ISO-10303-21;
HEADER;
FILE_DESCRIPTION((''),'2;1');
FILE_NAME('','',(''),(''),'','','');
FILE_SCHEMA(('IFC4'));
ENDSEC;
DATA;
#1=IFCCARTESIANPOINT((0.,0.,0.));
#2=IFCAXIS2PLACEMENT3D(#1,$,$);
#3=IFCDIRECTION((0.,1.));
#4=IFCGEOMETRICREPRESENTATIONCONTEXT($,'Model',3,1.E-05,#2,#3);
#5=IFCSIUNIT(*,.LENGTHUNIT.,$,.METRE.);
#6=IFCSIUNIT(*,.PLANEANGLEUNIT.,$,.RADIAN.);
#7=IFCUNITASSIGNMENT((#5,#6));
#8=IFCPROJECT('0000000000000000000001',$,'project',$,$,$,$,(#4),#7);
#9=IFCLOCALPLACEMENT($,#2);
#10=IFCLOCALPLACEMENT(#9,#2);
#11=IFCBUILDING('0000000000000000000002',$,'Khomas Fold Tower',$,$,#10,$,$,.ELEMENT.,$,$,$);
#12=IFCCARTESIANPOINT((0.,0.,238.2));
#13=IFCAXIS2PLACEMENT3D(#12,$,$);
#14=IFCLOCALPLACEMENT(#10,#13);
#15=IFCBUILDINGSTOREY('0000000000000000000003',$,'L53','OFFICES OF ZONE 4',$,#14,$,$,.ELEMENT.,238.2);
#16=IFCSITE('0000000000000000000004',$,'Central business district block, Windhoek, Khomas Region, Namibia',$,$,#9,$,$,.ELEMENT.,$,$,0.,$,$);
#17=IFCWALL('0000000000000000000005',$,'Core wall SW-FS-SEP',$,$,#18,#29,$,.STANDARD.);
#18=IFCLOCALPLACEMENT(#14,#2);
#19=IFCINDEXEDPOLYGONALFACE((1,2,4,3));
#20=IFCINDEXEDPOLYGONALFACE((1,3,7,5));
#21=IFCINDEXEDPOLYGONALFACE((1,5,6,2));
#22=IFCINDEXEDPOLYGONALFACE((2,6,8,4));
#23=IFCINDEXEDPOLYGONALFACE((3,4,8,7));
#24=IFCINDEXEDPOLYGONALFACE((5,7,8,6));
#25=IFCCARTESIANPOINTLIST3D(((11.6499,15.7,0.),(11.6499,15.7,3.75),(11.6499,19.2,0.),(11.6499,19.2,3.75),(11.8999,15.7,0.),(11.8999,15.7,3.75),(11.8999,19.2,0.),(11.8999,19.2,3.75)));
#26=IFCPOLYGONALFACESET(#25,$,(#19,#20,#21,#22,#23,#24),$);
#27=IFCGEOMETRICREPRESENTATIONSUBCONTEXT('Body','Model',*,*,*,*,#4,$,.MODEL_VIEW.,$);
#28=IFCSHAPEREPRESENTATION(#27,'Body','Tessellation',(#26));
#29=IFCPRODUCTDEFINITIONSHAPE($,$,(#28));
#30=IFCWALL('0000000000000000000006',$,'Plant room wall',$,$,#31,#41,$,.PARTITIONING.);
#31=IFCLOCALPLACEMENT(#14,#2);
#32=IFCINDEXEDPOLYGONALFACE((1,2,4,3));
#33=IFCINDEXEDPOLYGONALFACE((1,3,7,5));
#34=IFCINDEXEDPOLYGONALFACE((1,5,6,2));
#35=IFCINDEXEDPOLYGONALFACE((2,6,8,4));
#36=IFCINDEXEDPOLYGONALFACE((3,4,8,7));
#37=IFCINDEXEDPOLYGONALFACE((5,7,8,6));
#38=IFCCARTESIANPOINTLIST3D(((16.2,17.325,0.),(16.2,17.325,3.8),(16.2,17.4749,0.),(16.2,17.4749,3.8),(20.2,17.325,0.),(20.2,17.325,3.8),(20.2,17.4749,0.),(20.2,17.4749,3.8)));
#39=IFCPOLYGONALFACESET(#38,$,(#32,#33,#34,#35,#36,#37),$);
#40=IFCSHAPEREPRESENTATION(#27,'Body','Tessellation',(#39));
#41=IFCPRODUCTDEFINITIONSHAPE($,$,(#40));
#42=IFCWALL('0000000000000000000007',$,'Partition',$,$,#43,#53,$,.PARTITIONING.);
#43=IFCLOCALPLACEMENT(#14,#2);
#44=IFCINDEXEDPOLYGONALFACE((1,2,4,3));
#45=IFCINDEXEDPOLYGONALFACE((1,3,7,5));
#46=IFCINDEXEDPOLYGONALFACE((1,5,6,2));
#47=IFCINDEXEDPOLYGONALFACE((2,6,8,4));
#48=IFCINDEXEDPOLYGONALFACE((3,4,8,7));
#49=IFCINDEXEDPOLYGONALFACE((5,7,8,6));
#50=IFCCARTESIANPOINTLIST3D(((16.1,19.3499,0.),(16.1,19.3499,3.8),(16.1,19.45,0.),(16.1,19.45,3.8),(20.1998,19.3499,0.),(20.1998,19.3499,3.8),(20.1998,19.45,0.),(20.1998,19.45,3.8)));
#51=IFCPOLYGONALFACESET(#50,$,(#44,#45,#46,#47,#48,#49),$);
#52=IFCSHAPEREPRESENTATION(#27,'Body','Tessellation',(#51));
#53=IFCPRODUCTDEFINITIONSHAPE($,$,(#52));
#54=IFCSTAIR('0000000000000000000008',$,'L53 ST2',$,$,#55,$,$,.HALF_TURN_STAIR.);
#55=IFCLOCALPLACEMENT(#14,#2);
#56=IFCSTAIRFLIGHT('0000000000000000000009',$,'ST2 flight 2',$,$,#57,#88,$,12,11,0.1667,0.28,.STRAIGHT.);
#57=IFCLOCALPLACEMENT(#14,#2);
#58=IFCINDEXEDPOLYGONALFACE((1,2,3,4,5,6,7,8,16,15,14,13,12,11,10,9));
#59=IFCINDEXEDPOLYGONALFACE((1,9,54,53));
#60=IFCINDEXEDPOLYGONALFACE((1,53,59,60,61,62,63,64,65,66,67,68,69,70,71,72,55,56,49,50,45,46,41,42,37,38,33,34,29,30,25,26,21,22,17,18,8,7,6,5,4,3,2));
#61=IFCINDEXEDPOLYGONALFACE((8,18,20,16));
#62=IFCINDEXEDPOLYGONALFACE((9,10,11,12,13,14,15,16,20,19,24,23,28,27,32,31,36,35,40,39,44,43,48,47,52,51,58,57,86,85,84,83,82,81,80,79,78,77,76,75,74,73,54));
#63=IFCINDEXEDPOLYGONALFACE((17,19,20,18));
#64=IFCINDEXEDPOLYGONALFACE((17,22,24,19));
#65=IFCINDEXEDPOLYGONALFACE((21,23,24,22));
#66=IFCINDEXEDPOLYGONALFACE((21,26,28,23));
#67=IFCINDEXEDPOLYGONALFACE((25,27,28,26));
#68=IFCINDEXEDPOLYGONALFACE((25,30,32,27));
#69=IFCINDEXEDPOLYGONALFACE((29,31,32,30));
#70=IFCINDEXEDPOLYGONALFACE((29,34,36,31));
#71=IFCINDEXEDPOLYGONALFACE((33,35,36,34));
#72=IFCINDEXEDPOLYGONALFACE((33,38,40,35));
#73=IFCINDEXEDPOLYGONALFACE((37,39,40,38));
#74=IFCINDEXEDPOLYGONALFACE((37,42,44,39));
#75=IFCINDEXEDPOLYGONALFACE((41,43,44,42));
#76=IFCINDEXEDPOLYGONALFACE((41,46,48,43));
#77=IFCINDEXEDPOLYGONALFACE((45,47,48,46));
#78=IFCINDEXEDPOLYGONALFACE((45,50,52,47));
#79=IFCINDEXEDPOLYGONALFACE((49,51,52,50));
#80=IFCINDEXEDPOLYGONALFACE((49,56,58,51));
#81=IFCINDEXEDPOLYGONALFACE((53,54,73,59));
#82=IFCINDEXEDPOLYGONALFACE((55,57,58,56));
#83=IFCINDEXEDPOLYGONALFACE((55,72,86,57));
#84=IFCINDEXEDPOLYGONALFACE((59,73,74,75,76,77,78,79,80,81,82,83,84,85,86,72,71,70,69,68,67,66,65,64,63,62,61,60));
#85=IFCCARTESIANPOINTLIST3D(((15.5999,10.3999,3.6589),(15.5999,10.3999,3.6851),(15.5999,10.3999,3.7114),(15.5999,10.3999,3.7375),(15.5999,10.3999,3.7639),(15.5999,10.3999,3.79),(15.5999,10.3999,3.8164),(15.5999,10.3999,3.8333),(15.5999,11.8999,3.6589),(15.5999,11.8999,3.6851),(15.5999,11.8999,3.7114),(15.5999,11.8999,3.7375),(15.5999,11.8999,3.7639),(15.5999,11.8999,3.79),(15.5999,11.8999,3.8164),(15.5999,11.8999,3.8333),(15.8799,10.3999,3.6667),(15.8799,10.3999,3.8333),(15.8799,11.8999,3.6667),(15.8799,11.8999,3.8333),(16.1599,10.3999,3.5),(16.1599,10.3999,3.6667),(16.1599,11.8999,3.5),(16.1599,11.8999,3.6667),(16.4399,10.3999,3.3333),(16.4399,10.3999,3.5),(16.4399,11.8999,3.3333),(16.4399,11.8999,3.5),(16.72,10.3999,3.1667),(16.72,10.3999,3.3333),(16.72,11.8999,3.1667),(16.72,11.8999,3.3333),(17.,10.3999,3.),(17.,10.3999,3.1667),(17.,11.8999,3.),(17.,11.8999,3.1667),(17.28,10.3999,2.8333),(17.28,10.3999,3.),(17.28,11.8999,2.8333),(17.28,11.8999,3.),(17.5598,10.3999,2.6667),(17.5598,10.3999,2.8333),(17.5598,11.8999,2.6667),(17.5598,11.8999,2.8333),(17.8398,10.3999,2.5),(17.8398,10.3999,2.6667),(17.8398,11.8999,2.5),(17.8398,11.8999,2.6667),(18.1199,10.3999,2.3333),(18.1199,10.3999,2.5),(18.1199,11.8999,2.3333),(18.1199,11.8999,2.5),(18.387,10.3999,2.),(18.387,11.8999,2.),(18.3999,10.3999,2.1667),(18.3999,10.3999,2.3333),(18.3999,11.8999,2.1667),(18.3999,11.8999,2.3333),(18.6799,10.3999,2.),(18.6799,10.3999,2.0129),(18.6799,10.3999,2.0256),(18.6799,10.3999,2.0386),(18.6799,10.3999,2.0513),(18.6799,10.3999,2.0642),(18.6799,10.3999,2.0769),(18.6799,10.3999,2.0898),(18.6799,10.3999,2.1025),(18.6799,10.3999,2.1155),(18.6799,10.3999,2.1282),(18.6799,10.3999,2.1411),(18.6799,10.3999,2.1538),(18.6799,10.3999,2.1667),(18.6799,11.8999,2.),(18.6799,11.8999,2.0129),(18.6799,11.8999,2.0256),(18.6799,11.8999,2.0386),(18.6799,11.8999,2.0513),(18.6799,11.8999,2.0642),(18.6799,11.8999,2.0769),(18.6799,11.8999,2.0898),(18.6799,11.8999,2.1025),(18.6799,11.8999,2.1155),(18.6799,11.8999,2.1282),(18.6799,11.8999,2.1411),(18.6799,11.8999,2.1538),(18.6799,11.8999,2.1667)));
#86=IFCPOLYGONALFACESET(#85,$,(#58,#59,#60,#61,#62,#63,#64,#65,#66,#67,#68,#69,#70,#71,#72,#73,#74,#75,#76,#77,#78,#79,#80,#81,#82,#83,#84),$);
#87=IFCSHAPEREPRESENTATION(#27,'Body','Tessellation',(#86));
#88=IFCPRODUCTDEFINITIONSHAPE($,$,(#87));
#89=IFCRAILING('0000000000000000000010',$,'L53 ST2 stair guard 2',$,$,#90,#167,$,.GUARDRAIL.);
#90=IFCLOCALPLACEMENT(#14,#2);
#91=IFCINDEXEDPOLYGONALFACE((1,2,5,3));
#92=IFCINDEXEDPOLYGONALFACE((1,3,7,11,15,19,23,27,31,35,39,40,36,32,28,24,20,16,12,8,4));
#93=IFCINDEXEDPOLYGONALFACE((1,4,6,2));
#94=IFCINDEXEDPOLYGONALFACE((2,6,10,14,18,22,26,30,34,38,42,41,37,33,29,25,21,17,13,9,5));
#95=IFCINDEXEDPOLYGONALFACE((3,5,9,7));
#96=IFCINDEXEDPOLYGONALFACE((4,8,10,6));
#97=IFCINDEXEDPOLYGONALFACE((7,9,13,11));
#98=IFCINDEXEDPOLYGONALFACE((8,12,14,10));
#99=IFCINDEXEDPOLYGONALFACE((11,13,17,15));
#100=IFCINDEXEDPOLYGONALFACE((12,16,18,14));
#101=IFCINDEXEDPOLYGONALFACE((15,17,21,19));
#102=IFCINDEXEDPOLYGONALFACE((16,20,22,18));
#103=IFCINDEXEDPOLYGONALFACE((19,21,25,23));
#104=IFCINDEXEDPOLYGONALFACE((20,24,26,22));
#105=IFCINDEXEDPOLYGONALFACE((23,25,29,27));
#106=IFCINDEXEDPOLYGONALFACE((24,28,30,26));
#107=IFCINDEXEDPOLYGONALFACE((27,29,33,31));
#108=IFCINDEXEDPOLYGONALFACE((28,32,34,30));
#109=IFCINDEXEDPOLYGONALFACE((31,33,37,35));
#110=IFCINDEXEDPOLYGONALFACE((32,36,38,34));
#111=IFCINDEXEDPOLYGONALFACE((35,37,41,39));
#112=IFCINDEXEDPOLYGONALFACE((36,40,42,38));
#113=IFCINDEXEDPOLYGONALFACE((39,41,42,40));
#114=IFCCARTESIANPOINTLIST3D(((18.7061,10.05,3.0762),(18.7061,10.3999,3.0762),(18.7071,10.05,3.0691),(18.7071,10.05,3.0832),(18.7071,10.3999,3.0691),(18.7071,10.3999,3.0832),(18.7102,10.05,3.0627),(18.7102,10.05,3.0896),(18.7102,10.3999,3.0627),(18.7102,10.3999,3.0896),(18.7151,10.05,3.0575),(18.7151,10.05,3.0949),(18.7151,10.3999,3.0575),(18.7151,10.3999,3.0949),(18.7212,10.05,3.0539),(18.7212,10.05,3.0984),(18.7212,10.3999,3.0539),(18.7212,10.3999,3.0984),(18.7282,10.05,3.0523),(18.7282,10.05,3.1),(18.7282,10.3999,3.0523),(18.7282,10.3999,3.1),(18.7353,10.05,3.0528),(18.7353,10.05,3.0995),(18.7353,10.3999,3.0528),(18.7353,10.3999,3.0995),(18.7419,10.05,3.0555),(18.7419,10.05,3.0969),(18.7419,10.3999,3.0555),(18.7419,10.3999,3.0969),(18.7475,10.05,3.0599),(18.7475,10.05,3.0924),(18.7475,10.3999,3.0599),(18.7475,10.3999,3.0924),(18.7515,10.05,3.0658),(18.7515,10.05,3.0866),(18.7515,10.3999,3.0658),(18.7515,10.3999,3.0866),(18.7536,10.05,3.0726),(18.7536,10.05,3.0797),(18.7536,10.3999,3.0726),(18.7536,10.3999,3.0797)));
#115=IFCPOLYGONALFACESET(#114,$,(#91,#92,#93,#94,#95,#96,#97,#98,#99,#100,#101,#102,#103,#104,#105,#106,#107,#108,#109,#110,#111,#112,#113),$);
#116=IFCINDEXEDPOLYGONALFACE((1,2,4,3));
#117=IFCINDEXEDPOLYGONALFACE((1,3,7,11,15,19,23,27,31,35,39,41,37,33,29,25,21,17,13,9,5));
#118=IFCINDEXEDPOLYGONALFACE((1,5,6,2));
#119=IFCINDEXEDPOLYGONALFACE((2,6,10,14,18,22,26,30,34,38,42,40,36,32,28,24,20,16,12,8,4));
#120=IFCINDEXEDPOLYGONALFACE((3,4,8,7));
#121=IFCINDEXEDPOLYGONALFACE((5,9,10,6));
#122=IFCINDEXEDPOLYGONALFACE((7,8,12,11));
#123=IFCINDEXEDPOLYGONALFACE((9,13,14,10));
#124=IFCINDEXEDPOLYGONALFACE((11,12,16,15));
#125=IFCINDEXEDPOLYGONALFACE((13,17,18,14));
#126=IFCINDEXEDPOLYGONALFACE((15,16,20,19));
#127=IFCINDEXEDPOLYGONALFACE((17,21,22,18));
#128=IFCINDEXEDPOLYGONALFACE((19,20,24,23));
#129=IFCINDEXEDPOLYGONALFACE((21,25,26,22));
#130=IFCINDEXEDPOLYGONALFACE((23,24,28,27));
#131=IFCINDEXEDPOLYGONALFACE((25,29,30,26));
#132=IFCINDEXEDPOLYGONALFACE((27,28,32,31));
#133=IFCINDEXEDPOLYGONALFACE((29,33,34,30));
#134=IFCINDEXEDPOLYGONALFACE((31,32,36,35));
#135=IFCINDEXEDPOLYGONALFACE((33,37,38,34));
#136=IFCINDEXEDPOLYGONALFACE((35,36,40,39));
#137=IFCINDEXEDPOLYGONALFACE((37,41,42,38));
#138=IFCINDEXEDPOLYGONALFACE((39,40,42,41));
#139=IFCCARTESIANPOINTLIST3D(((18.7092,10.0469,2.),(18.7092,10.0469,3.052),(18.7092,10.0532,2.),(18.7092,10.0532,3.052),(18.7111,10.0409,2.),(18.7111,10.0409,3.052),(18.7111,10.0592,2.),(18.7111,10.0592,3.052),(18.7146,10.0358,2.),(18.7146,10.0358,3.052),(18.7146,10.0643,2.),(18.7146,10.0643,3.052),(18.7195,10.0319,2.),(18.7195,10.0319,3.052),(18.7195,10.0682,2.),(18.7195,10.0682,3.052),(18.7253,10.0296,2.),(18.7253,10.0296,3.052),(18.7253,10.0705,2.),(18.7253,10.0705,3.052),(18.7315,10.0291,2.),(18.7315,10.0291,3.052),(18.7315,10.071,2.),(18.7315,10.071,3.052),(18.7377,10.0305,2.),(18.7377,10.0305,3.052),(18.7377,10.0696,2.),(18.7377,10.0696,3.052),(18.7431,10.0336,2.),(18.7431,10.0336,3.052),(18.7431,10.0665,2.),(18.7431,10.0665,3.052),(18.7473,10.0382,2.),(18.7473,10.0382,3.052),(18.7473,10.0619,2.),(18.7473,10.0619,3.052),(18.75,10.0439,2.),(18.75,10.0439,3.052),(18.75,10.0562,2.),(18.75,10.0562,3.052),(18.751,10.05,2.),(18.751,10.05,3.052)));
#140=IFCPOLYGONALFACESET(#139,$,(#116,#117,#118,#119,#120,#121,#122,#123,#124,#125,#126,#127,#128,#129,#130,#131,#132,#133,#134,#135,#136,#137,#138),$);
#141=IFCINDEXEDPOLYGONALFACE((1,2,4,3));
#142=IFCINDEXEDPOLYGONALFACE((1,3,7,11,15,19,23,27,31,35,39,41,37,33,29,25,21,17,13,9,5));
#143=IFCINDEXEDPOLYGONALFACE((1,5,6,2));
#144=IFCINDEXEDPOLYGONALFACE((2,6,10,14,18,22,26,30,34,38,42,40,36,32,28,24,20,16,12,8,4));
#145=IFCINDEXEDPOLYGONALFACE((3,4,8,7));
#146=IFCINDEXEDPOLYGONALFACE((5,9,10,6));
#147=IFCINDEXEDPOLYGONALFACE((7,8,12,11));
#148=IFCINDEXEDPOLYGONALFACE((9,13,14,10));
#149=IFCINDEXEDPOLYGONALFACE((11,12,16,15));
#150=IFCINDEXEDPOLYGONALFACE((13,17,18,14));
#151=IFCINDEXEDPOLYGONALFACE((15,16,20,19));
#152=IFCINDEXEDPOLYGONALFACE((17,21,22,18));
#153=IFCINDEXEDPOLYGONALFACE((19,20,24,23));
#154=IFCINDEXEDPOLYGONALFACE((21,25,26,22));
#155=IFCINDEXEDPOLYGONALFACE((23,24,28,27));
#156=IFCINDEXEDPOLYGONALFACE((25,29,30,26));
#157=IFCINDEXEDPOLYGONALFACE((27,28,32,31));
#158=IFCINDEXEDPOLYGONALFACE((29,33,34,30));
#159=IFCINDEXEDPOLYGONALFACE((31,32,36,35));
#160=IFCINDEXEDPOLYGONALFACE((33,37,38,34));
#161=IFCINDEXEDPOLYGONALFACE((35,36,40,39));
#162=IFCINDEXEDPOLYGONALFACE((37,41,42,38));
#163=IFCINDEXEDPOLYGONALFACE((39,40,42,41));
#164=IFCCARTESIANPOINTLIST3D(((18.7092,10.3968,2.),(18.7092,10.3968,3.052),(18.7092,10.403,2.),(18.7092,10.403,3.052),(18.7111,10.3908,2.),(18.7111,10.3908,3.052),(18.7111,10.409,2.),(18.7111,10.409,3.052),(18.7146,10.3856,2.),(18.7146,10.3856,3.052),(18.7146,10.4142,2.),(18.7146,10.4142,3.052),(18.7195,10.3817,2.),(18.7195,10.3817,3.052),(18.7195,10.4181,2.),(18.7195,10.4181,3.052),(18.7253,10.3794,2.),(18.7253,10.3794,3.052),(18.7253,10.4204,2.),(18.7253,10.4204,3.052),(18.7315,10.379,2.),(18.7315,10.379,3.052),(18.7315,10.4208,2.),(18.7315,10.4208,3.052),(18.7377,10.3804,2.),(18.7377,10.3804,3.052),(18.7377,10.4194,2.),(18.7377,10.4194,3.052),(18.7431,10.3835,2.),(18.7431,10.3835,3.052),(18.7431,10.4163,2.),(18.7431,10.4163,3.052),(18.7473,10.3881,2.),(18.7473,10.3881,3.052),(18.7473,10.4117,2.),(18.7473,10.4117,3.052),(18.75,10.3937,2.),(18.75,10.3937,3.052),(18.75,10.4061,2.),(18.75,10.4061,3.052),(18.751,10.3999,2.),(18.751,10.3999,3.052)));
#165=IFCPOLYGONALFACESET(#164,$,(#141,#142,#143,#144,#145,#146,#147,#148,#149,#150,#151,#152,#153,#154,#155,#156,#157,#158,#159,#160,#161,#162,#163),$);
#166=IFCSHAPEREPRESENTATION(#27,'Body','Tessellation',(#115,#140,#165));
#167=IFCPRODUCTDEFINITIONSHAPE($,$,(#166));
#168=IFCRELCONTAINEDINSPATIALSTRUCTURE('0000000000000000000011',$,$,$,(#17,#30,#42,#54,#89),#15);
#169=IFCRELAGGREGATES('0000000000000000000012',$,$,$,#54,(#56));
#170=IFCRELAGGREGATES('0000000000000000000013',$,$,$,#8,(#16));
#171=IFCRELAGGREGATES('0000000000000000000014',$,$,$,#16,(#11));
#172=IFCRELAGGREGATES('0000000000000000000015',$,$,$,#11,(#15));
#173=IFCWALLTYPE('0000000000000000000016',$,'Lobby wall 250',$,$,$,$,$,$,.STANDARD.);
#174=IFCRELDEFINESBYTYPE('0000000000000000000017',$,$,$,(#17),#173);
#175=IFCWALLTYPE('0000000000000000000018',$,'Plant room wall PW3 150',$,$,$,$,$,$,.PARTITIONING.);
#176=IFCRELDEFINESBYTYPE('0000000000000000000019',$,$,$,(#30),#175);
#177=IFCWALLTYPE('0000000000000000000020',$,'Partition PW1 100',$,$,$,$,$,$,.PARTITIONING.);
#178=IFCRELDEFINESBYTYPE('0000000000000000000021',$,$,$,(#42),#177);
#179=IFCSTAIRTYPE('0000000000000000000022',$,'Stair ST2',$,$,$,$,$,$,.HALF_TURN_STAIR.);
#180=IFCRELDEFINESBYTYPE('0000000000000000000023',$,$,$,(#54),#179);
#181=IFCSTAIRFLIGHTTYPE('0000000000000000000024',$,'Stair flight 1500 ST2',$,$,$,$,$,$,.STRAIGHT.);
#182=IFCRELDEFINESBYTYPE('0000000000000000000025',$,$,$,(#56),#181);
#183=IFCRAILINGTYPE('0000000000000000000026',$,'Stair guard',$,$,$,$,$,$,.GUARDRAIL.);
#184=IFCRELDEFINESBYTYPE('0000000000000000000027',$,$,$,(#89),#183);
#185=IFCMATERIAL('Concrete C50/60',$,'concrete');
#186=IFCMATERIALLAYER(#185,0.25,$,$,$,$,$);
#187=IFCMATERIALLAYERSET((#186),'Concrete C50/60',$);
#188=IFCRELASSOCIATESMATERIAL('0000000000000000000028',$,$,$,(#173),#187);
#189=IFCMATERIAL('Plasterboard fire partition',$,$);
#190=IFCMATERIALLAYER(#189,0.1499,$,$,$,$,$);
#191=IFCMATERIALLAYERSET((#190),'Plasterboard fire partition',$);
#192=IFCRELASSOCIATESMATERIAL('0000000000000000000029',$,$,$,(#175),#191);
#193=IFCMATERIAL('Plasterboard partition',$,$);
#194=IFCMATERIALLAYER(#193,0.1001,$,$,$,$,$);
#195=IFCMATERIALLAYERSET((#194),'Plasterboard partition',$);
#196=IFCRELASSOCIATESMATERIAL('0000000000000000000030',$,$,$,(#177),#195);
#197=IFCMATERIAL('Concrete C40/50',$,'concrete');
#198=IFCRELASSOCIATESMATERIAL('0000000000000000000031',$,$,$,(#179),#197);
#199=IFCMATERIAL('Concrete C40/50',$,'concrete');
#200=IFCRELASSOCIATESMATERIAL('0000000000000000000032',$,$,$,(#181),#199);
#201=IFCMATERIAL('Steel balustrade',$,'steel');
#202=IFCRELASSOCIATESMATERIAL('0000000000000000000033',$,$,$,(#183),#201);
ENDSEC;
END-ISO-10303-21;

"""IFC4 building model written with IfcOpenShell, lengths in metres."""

from ifc_helpers import new_model, si_unit, direction, frame, frame_2d, origin, origin_2d, place, context, subcontext, project, spatial, polyline, rectangle, circle, outline, extrude, source, transform, mapped, material, layer, layer_set, type_object, element, aggregate, save


model = new_model("IFC4")

# Units and contexts
model_context = context("Model", 3, precision=1e-05, world=origin(), true_north=direction((0.0, 1.0)))
body_context = subcontext(model_context, "Body", "Model", "MODEL_VIEW")
ifc_project = project(units=[si_unit("LENGTHUNIT", "METRE"), si_unit("PLANEANGLEUNIT", "RADIAN")], contexts=[model_context])

# Site, building, storey
site_placement = place(None, origin())
site = spatial("IfcSite", under=ifc_project, at=site_placement, Name="Central business district block, Windhoek, Khomas Region, Namibia", CompositionType="ELEMENT", RefElevation=0.0)
building_placement = place(site_placement, origin())
building = spatial("IfcBuilding", under=site, at=building_placement, Name="Khomas Fold Tower", CompositionType="ELEMENT")
storey_placement = place(building_placement, frame((0.0, 0.0, 238.2)))
storey = spatial("IfcBuildingStorey", under=building, at=storey_placement, Name="L53", Description="OFFICES OF ZONE 4", CompositionType="ELEMENT", Elevation=238.2)

# Walls
ifc_material_1 = material(Name="Concrete C50/60", Category="concrete")
ifc_layer_1 = layer(ifc_material_1, 0.25)
ifc_layer_set_1 = layer_set([ifc_layer_1], Name="Concrete C50/60")
wall_type_1 = type_object("IfcWallType", Name="Lobby wall 250", PredefinedType="STANDARD", material=ifc_layer_set_1)
shared_shape_1 = source(origin(), body_context, "Body", "SweptSolid", [
    extrude(rectangle(XDim=3.5, YDim=0.25, at=frame_2d((1.75, 0.0))), origin(), (0.0, 0.0, 1.0), 3.75),
])
for number, where, z_axis, x_axis, name in (
    (1, (11.7749, 15.7, 0.0), (0.0, 0.0, 1.0), (0.0, 1.0, 0.0), "Core wall SW-FS-SEP"),
):
    element("IfcWall", number, at=place(storey_placement, frame(where, z_axis=z_axis, x_axis=x_axis)), inside=storey, type_object=wall_type_1, Name=name, PredefinedType="STANDARD", context=body_context, shape_type="MappedRepresentation", body=[
        mapped(shared_shape_1, transform((0.0, 0.0, 0.0))),
    ])
ifc_material_2 = material(Name="Plasterboard fire partition")
ifc_layer_2 = layer(ifc_material_2, 0.1499)
ifc_layer_set_2 = layer_set([ifc_layer_2], Name="Plasterboard fire partition")
wall_type_2 = type_object("IfcWallType", Name="Plant room wall PW3 150", PredefinedType="PARTITIONING", material=ifc_layer_set_2)
shared_shape_2 = source(origin(), body_context, "Body", "SweptSolid", [
    extrude(rectangle(XDim=4.0, YDim=0.1499, at=frame_2d((2.0, 0.0))), origin(), (0.0, 0.0, 1.0), 3.8),
])
wall_1_placement = place(storey_placement, frame((16.2, 17.3999, 0.0), z_axis=(0.0, 0.0, 1.0), x_axis=(1.0, 0.0, 0.0)))
element("IfcWall", 2, at=wall_1_placement, inside=storey, type_object=wall_type_2, Name="Plant room wall", PredefinedType="PARTITIONING", context=body_context, shape_type="MappedRepresentation", body=[
    mapped(shared_shape_2, transform((0.0, 0.0, 0.0))),
])
ifc_material_3 = material(Name="Plasterboard partition")
ifc_layer_3 = layer(ifc_material_3, 0.1001)
ifc_layer_set_3 = layer_set([ifc_layer_3], Name="Plasterboard partition")
wall_type_3 = type_object("IfcWallType", Name="Partition PW1 100", PredefinedType="PARTITIONING", material=ifc_layer_set_3)
shared_shape_3 = source(origin(), body_context, "Body", "SweptSolid", [
    extrude(rectangle(XDim=4.0999, YDim=0.1001, at=frame_2d((2.0498, 0.0))), origin(), (0.0, 0.0, 1.0), 3.8),
])
wall_2_placement = place(storey_placement, frame((16.1001, 19.3999, 0.0), z_axis=(0.0, 0.0, 1.0), x_axis=(1.0, 0.0, 0.0)))
element("IfcWall", 3, at=wall_2_placement, inside=storey, type_object=wall_type_3, Name="Partition", PredefinedType="PARTITIONING", context=body_context, shape_type="MappedRepresentation", body=[
    mapped(shared_shape_3, transform((0.0, 0.0, 0.0))),
])

# Stair, stair flight
ifc_material_4 = material(Name="Concrete C40/50", Category="concrete")
stair_type = type_object("IfcStairType", Name="Stair ST2", PredefinedType="HALF_TURN_STAIR", material=ifc_material_4)
stair_placement = place(storey_placement, origin())
stair = element("IfcStair", 4, at=stair_placement, inside=storey, type_object=stair_type, Name="L53 ST2", PredefinedType="HALF_TURN_STAIR")
ifc_material_5 = material(Name="Concrete C40/50", Category="concrete")
stair_flight_type = type_object("IfcStairFlightType", Name="Stair flight 1500 ST2", PredefinedType="STRAIGHT", material=ifc_material_5)
shared_shape_4 = source(origin(), body_context, "Body", "SweptSolid", [
    extrude(outline(polyline([(0.0, 0.0), (0.0, 0.0129), (0.0, 0.0256), (0.0, 0.0386), (0.0, 0.0513), (0.0, 0.0642), (0.0, 0.0769), (0.0, 0.0898), (0.0, 0.1025), (0.0, 0.1155), (0.0, 0.1282), (0.0, 0.1411), (0.0, 0.1538), (0.0, 0.1667), (0.28, 0.1667), (0.28, 0.3333), (0.5601, 0.3333), (0.5601, 0.5), (0.8401, 0.5), (0.8401, 0.6667), (1.1201, 0.6667), (1.1201, 0.8333), (1.3999, 0.8333), (1.3999, 1.0), (1.6799, 1.0), (1.6799, 1.1667), (1.96, 1.1667), (1.96, 1.3333), (2.24, 1.3333), (2.24, 1.5), (2.52, 1.5), (2.52, 1.6667), (2.8, 1.6667), (2.8, 1.8333), (3.0801, 1.8333), (3.0801, 2.0), (3.0801, 1.9739), (3.0801, 1.9475), (3.0801, 1.9214), (3.0801, 1.895), (3.0801, 1.8689), (3.0801, 1.8425), (3.0801, 1.8164), (3.0801, 1.79), (3.0801, 1.7639), (3.0801, 1.7375), (3.0801, 1.7114), (3.0801, 1.6851), (3.0801, 1.6589), (0.293, 0.0), (0.0, 0.0)])), frame((0.0, 0.75, 0.0), z_axis=(0.0, -1.0, 0.0), x_axis=(1.0, 0.0, 0.0)), (0.0, 0.0, 1.0), 1.5),
])
stair_flight_placement = place(storey_placement, frame((18.6799, 11.1499, 2.0), z_axis=(0.0, 0.0, 1.0), x_axis=(-1.0, 0.0, 0.0)))
stair_flight = element("IfcStairFlight", 5, at=stair_flight_placement, type_object=stair_flight_type, Name="ST2 flight 2", NumberOfRisers=12, NumberOfTreads=11, PredefinedType="STRAIGHT", RiserHeight=0.1667, TreadLength=0.28, context=body_context, shape_type="MappedRepresentation", body=[
    mapped(shared_shape_4, transform((0.0, 0.0, 0.0))),
])
aggregate(stair, [stair_flight])

# Railing
ifc_material_6 = material(Name="Steel balustrade", Category="steel")
railing_type_1 = type_object("IfcRailingType", Name="Stair guard", PredefinedType="GUARDRAIL", material=ifc_material_6)
shared_shape_5 = source(origin(), body_context, "Body", "SweptSolid", [
    extrude(circle(Radius=0.0239, at=origin_2d()), frame((0.0, 0.0, 1.0762), z_axis=(0.0, 1.0, 0.0), x_axis=(-1.0, 0.0, 0.0)), (0.0, 0.0, 1.0), 0.3499),
    extrude(circle(Radius=0.021, at=origin_2d()), origin(), (0.0, 0.0, 1.0), 1.052),
    extrude(circle(Radius=0.021, at=origin_2d()), frame((0.0, 0.3499, 0.0)), (0.0, 0.0, 1.0), 1.052),
])
for number, where, name in (
    (6, (18.73, 10.05, 2.0), "L53 ST2 stair guard 2"),
):
    element("IfcRailing", number, at=place(storey_placement, frame(where)), inside=storey, type_object=railing_type_1, Name=name, PredefinedType="GUARDRAIL", context=body_context, shape_type="MappedRepresentation", body=[
        mapped(shared_shape_5, transform((0.0, 0.0, 0.0))),
    ])

save(model, "model.ifc")
